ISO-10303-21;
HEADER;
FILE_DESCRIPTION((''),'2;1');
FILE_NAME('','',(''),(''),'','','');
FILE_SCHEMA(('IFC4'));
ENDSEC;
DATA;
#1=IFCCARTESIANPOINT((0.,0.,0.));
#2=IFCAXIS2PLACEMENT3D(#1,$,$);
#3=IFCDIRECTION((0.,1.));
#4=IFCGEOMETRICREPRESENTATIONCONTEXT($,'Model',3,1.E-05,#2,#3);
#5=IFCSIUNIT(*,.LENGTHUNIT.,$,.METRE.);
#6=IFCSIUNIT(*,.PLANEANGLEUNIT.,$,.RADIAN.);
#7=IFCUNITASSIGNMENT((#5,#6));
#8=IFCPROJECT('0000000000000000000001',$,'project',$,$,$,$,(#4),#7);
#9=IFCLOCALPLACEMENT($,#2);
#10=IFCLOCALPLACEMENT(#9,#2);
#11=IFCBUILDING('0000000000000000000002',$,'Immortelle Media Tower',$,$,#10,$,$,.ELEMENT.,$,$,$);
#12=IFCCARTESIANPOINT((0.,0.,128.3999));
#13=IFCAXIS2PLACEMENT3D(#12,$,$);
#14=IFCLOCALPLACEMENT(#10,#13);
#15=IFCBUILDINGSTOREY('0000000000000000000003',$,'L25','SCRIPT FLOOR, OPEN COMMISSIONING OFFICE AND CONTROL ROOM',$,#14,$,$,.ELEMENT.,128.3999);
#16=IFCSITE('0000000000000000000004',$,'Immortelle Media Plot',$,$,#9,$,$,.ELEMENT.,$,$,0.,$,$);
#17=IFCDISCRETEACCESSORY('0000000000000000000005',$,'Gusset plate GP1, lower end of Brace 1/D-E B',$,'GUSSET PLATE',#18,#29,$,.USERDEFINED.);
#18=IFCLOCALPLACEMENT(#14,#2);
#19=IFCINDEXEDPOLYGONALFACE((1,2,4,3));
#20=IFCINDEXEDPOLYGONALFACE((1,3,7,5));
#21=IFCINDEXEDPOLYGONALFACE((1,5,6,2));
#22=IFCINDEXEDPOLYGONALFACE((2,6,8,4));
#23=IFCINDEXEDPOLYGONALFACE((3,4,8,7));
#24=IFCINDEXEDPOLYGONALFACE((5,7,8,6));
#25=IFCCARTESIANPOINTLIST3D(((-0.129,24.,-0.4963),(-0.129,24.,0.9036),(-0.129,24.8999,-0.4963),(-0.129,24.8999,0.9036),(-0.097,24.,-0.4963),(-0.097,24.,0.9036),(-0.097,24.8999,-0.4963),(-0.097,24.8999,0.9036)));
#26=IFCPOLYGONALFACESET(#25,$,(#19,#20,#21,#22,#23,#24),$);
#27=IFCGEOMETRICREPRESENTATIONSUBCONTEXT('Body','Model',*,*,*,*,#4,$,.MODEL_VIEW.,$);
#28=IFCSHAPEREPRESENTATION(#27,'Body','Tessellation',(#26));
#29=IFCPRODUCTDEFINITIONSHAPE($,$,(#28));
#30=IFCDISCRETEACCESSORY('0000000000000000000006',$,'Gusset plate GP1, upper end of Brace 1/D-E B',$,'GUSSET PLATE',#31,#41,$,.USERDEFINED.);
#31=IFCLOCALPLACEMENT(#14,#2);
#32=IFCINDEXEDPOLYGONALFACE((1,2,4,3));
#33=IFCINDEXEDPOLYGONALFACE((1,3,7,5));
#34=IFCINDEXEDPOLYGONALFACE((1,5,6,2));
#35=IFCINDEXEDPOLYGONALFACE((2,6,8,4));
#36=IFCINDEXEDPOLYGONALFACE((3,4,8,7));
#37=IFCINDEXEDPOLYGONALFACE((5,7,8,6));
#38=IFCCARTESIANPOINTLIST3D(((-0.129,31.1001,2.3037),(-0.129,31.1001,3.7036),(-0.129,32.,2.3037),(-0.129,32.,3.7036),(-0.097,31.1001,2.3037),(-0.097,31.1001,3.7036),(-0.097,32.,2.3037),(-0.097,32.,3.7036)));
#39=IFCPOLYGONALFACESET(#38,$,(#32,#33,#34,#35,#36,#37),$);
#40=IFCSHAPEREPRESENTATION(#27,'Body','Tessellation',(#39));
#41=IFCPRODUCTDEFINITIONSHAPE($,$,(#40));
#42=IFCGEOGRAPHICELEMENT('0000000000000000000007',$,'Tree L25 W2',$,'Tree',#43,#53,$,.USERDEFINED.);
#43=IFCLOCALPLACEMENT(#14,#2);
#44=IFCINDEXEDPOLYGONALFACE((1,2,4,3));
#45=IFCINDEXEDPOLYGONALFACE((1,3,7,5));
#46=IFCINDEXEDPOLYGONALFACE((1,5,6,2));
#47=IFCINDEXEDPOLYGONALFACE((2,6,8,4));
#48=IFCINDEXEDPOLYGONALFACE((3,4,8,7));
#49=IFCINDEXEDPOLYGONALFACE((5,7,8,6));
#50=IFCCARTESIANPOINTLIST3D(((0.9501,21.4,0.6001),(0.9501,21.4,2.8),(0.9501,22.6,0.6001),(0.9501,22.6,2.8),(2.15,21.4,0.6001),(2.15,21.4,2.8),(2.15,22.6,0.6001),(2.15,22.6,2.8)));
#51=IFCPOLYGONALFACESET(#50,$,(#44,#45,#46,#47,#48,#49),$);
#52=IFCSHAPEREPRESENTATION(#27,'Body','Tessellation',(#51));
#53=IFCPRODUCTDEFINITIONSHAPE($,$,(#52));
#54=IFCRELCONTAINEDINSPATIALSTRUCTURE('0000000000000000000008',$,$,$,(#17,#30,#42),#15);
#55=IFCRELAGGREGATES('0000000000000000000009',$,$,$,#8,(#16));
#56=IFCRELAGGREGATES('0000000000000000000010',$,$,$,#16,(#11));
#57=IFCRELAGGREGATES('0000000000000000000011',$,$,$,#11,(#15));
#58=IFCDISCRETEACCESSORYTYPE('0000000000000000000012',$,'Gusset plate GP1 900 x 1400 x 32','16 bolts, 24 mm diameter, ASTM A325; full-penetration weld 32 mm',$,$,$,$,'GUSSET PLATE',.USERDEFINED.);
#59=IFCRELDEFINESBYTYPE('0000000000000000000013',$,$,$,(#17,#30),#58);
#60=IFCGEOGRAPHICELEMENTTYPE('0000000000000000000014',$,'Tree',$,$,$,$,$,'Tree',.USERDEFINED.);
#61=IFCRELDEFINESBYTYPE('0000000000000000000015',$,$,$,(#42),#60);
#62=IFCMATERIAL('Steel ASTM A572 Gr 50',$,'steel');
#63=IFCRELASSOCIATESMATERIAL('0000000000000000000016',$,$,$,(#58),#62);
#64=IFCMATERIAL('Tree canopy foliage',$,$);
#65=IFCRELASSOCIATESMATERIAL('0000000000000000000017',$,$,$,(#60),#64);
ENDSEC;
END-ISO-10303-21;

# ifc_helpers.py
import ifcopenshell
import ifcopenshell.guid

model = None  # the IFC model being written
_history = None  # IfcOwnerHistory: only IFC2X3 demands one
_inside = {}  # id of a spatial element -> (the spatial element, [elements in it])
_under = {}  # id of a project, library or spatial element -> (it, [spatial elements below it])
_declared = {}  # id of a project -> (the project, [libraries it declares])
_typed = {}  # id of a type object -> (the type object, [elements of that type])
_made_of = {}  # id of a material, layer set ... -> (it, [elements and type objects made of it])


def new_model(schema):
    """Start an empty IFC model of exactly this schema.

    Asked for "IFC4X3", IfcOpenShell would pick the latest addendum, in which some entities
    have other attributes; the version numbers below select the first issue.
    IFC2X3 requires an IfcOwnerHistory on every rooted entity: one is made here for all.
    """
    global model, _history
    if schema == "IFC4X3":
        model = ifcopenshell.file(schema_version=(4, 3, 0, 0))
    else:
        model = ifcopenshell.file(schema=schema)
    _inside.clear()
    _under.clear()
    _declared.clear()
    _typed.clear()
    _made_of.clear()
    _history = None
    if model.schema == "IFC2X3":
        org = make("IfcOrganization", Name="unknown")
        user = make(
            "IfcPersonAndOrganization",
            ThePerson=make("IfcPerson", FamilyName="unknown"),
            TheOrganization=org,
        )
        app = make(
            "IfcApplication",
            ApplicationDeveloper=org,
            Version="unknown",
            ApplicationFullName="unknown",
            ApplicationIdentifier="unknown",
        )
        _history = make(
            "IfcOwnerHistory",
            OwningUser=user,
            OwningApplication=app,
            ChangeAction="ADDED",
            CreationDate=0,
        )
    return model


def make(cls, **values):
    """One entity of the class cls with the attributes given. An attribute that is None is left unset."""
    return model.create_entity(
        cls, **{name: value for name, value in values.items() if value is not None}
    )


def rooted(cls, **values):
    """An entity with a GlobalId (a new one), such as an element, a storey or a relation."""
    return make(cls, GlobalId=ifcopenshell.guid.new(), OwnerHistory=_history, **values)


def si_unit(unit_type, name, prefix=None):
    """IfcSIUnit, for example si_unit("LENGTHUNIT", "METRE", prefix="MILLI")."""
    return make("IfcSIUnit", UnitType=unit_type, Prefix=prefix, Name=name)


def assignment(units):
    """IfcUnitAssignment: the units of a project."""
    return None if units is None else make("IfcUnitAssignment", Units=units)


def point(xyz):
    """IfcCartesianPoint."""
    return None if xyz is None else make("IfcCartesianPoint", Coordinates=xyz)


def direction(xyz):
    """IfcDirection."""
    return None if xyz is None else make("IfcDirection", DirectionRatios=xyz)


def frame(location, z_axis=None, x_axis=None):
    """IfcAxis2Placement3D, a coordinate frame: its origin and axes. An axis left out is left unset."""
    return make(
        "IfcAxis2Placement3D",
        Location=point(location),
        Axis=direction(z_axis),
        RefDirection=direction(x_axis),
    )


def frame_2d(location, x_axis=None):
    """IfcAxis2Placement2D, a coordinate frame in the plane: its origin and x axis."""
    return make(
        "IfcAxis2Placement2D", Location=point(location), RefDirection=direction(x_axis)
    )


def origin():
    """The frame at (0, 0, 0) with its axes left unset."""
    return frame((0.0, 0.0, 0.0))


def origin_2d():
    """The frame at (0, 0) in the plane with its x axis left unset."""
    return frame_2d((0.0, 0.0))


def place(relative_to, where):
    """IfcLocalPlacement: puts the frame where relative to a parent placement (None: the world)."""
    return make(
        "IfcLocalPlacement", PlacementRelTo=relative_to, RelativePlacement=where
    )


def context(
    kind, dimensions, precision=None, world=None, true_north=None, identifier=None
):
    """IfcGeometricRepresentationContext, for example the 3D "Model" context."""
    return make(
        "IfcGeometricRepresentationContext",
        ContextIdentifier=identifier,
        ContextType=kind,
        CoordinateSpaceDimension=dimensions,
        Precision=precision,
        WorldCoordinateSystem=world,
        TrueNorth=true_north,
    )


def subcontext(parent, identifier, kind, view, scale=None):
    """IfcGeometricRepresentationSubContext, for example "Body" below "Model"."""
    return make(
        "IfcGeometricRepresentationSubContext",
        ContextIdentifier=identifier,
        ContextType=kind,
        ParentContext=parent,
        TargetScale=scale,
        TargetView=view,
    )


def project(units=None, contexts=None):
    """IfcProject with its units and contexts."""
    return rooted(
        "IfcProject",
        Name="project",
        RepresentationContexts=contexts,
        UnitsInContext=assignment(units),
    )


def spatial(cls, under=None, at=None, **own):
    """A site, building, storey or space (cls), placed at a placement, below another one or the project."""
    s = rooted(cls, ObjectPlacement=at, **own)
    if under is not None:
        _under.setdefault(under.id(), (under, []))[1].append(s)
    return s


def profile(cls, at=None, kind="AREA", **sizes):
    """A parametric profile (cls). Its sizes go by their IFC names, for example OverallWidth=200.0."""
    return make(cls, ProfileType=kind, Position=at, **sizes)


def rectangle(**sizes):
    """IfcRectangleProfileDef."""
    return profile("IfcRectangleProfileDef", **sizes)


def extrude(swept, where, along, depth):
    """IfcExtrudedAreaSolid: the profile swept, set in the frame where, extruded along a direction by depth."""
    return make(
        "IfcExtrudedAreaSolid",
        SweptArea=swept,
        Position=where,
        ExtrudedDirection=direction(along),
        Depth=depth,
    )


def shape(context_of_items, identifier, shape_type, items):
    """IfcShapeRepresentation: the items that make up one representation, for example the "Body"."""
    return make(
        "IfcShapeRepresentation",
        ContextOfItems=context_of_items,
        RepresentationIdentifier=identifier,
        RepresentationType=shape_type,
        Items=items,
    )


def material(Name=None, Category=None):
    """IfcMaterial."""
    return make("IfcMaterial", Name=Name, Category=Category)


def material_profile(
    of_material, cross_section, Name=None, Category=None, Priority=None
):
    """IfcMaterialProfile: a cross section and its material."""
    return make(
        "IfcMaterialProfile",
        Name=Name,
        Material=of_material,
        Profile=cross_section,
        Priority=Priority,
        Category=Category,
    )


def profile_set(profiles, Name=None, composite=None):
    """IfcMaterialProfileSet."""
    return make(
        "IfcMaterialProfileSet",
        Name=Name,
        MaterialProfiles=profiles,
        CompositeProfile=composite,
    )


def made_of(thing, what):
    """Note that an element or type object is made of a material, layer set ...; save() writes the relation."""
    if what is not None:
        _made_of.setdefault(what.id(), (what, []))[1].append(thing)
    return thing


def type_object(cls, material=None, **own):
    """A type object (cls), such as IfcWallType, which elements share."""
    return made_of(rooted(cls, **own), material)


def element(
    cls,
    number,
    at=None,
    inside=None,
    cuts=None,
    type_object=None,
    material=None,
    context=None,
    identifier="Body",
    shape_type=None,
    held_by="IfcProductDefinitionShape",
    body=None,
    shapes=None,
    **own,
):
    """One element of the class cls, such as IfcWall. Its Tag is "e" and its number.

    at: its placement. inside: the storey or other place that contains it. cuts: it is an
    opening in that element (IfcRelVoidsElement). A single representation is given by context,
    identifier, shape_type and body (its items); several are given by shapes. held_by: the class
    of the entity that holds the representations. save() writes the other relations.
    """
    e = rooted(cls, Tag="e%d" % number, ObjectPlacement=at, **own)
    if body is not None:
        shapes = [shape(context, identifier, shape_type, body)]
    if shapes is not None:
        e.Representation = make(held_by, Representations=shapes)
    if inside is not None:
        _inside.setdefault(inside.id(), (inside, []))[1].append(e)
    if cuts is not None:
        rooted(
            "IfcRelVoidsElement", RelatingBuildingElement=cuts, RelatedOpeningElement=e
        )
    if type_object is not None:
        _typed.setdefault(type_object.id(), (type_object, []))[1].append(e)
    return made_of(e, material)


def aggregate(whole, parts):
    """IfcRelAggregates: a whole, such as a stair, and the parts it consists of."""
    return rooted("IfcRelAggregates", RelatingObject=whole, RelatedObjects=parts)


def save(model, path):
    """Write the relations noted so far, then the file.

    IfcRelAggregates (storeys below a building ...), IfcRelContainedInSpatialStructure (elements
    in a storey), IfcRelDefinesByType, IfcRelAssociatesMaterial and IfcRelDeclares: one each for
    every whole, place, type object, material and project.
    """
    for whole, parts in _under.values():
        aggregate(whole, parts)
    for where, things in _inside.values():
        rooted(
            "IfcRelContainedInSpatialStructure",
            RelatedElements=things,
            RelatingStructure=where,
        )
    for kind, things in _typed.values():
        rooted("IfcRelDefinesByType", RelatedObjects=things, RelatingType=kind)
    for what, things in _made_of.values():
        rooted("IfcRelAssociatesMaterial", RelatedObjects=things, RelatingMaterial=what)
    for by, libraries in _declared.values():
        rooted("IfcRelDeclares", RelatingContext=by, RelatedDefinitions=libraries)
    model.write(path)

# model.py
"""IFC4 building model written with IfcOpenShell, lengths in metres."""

from ifc_helpers import new_model, si_unit, direction, frame, origin, origin_2d, place, context, subcontext, project, spatial, rectangle, extrude, material, material_profile, profile_set, type_object, element, save


model = new_model("IFC4")

# Units and contexts
model_context = context("Model", 3, precision=1e-05, world=origin(), true_north=direction((0.0, 1.0)))
body_context = subcontext(model_context, "Body", "Model", "MODEL_VIEW")
ifc_project = project(units=[si_unit("LENGTHUNIT", "METRE"), si_unit("PLANEANGLEUNIT", "RADIAN")], contexts=[model_context])

# Site, building, storey
site_placement = place(None, origin())
site = spatial("IfcSite", under=ifc_project, at=site_placement, Name="Immortelle Media Plot", CompositionType="ELEMENT", RefElevation=0.0)
building_placement = place(site_placement, origin())
building = spatial("IfcBuilding", under=site, at=building_placement, Name="Immortelle Media Tower", CompositionType="ELEMENT")
storey_placement = place(building_placement, frame((0.0, 0.0, 128.3999)))
storey = spatial("IfcBuildingStorey", under=building, at=storey_placement, Name="L25", Description="SCRIPT FLOOR, OPEN COMMISSIONING OFFICE AND CONTROL ROOM", CompositionType="ELEMENT", Elevation=128.3999)

# Discrete accessories
ifc_material_1 = material(Name="Steel ASTM A572 Gr 50", Category="steel")
ifc_material_profile_1 = material_profile(ifc_material_1, rectangle(XDim=0.032, YDim=1.3999, at=origin_2d()), Name="PL 32 x 1400")
ifc_profile_set_1 = profile_set([ifc_material_profile_1], Name="Steel ASTM A572 Gr 50")
discrete_accessory_type_1 = type_object("IfcDiscreteAccessoryType", Name="Gusset plate GP1 900 x 1400 x 32", Description="16 bolts, 24 mm diameter, ASTM A325; full-penetration weld 32 mm", ElementType="GUSSET PLATE", PredefinedType="USERDEFINED", material=ifc_profile_set_1)
for number, where, z_axis, x_axis, name in (
    (1, (-0.113, 24.0, 0.2036), (0.0, 1.0, 0.0), (-1.0, 0.0, 0.0), "Gusset plate GP1, lower end of Brace 1/D-E B"),
    (2, (-0.113, 32.0, 3.0037), (0.0, -1.0, 0.0), (1.0, 0.0, 0.0), "Gusset plate GP1, upper end of Brace 1/D-E B"),
):
    element("IfcDiscreteAccessory", number, at=place(storey_placement, frame(where, z_axis=z_axis, x_axis=x_axis)), inside=storey, type_object=discrete_accessory_type_1, Name=name, ObjectType="GUSSET PLATE", PredefinedType="USERDEFINED", context=body_context, shape_type="SweptSolid", body=[
        extrude(rectangle(XDim=0.032, YDim=1.3999, at=origin_2d()), origin(), (0.0, 0.0, 1.0), 0.8999),
    ])

# Geographic element
ifc_material_2 = material(Name="Tree canopy foliage")
geographic_element_type = type_object("IfcGeographicElementType", Name="Tree", ElementType="Tree", PredefinedType="USERDEFINED", material=ifc_material_2)
geographic_element_placement = place(storey_placement, frame((1.55, 22.0, 0.6001), z_axis=(0.0, 0.0, 1.0), x_axis=(1.0, 0.0, 0.0)))
element("IfcGeographicElement", 3, at=geographic_element_placement, inside=storey, type_object=geographic_element_type, Name="Tree L25 W2", ObjectType="Tree", PredefinedType="USERDEFINED", context=body_context, shape_type="SweptSolid", body=[
    extrude(rectangle(XDim=1.2, YDim=1.2, at=origin_2d()), origin(), (0.0, 0.0, 1.0), 2.2),
])

save(model, "model.ifc")
